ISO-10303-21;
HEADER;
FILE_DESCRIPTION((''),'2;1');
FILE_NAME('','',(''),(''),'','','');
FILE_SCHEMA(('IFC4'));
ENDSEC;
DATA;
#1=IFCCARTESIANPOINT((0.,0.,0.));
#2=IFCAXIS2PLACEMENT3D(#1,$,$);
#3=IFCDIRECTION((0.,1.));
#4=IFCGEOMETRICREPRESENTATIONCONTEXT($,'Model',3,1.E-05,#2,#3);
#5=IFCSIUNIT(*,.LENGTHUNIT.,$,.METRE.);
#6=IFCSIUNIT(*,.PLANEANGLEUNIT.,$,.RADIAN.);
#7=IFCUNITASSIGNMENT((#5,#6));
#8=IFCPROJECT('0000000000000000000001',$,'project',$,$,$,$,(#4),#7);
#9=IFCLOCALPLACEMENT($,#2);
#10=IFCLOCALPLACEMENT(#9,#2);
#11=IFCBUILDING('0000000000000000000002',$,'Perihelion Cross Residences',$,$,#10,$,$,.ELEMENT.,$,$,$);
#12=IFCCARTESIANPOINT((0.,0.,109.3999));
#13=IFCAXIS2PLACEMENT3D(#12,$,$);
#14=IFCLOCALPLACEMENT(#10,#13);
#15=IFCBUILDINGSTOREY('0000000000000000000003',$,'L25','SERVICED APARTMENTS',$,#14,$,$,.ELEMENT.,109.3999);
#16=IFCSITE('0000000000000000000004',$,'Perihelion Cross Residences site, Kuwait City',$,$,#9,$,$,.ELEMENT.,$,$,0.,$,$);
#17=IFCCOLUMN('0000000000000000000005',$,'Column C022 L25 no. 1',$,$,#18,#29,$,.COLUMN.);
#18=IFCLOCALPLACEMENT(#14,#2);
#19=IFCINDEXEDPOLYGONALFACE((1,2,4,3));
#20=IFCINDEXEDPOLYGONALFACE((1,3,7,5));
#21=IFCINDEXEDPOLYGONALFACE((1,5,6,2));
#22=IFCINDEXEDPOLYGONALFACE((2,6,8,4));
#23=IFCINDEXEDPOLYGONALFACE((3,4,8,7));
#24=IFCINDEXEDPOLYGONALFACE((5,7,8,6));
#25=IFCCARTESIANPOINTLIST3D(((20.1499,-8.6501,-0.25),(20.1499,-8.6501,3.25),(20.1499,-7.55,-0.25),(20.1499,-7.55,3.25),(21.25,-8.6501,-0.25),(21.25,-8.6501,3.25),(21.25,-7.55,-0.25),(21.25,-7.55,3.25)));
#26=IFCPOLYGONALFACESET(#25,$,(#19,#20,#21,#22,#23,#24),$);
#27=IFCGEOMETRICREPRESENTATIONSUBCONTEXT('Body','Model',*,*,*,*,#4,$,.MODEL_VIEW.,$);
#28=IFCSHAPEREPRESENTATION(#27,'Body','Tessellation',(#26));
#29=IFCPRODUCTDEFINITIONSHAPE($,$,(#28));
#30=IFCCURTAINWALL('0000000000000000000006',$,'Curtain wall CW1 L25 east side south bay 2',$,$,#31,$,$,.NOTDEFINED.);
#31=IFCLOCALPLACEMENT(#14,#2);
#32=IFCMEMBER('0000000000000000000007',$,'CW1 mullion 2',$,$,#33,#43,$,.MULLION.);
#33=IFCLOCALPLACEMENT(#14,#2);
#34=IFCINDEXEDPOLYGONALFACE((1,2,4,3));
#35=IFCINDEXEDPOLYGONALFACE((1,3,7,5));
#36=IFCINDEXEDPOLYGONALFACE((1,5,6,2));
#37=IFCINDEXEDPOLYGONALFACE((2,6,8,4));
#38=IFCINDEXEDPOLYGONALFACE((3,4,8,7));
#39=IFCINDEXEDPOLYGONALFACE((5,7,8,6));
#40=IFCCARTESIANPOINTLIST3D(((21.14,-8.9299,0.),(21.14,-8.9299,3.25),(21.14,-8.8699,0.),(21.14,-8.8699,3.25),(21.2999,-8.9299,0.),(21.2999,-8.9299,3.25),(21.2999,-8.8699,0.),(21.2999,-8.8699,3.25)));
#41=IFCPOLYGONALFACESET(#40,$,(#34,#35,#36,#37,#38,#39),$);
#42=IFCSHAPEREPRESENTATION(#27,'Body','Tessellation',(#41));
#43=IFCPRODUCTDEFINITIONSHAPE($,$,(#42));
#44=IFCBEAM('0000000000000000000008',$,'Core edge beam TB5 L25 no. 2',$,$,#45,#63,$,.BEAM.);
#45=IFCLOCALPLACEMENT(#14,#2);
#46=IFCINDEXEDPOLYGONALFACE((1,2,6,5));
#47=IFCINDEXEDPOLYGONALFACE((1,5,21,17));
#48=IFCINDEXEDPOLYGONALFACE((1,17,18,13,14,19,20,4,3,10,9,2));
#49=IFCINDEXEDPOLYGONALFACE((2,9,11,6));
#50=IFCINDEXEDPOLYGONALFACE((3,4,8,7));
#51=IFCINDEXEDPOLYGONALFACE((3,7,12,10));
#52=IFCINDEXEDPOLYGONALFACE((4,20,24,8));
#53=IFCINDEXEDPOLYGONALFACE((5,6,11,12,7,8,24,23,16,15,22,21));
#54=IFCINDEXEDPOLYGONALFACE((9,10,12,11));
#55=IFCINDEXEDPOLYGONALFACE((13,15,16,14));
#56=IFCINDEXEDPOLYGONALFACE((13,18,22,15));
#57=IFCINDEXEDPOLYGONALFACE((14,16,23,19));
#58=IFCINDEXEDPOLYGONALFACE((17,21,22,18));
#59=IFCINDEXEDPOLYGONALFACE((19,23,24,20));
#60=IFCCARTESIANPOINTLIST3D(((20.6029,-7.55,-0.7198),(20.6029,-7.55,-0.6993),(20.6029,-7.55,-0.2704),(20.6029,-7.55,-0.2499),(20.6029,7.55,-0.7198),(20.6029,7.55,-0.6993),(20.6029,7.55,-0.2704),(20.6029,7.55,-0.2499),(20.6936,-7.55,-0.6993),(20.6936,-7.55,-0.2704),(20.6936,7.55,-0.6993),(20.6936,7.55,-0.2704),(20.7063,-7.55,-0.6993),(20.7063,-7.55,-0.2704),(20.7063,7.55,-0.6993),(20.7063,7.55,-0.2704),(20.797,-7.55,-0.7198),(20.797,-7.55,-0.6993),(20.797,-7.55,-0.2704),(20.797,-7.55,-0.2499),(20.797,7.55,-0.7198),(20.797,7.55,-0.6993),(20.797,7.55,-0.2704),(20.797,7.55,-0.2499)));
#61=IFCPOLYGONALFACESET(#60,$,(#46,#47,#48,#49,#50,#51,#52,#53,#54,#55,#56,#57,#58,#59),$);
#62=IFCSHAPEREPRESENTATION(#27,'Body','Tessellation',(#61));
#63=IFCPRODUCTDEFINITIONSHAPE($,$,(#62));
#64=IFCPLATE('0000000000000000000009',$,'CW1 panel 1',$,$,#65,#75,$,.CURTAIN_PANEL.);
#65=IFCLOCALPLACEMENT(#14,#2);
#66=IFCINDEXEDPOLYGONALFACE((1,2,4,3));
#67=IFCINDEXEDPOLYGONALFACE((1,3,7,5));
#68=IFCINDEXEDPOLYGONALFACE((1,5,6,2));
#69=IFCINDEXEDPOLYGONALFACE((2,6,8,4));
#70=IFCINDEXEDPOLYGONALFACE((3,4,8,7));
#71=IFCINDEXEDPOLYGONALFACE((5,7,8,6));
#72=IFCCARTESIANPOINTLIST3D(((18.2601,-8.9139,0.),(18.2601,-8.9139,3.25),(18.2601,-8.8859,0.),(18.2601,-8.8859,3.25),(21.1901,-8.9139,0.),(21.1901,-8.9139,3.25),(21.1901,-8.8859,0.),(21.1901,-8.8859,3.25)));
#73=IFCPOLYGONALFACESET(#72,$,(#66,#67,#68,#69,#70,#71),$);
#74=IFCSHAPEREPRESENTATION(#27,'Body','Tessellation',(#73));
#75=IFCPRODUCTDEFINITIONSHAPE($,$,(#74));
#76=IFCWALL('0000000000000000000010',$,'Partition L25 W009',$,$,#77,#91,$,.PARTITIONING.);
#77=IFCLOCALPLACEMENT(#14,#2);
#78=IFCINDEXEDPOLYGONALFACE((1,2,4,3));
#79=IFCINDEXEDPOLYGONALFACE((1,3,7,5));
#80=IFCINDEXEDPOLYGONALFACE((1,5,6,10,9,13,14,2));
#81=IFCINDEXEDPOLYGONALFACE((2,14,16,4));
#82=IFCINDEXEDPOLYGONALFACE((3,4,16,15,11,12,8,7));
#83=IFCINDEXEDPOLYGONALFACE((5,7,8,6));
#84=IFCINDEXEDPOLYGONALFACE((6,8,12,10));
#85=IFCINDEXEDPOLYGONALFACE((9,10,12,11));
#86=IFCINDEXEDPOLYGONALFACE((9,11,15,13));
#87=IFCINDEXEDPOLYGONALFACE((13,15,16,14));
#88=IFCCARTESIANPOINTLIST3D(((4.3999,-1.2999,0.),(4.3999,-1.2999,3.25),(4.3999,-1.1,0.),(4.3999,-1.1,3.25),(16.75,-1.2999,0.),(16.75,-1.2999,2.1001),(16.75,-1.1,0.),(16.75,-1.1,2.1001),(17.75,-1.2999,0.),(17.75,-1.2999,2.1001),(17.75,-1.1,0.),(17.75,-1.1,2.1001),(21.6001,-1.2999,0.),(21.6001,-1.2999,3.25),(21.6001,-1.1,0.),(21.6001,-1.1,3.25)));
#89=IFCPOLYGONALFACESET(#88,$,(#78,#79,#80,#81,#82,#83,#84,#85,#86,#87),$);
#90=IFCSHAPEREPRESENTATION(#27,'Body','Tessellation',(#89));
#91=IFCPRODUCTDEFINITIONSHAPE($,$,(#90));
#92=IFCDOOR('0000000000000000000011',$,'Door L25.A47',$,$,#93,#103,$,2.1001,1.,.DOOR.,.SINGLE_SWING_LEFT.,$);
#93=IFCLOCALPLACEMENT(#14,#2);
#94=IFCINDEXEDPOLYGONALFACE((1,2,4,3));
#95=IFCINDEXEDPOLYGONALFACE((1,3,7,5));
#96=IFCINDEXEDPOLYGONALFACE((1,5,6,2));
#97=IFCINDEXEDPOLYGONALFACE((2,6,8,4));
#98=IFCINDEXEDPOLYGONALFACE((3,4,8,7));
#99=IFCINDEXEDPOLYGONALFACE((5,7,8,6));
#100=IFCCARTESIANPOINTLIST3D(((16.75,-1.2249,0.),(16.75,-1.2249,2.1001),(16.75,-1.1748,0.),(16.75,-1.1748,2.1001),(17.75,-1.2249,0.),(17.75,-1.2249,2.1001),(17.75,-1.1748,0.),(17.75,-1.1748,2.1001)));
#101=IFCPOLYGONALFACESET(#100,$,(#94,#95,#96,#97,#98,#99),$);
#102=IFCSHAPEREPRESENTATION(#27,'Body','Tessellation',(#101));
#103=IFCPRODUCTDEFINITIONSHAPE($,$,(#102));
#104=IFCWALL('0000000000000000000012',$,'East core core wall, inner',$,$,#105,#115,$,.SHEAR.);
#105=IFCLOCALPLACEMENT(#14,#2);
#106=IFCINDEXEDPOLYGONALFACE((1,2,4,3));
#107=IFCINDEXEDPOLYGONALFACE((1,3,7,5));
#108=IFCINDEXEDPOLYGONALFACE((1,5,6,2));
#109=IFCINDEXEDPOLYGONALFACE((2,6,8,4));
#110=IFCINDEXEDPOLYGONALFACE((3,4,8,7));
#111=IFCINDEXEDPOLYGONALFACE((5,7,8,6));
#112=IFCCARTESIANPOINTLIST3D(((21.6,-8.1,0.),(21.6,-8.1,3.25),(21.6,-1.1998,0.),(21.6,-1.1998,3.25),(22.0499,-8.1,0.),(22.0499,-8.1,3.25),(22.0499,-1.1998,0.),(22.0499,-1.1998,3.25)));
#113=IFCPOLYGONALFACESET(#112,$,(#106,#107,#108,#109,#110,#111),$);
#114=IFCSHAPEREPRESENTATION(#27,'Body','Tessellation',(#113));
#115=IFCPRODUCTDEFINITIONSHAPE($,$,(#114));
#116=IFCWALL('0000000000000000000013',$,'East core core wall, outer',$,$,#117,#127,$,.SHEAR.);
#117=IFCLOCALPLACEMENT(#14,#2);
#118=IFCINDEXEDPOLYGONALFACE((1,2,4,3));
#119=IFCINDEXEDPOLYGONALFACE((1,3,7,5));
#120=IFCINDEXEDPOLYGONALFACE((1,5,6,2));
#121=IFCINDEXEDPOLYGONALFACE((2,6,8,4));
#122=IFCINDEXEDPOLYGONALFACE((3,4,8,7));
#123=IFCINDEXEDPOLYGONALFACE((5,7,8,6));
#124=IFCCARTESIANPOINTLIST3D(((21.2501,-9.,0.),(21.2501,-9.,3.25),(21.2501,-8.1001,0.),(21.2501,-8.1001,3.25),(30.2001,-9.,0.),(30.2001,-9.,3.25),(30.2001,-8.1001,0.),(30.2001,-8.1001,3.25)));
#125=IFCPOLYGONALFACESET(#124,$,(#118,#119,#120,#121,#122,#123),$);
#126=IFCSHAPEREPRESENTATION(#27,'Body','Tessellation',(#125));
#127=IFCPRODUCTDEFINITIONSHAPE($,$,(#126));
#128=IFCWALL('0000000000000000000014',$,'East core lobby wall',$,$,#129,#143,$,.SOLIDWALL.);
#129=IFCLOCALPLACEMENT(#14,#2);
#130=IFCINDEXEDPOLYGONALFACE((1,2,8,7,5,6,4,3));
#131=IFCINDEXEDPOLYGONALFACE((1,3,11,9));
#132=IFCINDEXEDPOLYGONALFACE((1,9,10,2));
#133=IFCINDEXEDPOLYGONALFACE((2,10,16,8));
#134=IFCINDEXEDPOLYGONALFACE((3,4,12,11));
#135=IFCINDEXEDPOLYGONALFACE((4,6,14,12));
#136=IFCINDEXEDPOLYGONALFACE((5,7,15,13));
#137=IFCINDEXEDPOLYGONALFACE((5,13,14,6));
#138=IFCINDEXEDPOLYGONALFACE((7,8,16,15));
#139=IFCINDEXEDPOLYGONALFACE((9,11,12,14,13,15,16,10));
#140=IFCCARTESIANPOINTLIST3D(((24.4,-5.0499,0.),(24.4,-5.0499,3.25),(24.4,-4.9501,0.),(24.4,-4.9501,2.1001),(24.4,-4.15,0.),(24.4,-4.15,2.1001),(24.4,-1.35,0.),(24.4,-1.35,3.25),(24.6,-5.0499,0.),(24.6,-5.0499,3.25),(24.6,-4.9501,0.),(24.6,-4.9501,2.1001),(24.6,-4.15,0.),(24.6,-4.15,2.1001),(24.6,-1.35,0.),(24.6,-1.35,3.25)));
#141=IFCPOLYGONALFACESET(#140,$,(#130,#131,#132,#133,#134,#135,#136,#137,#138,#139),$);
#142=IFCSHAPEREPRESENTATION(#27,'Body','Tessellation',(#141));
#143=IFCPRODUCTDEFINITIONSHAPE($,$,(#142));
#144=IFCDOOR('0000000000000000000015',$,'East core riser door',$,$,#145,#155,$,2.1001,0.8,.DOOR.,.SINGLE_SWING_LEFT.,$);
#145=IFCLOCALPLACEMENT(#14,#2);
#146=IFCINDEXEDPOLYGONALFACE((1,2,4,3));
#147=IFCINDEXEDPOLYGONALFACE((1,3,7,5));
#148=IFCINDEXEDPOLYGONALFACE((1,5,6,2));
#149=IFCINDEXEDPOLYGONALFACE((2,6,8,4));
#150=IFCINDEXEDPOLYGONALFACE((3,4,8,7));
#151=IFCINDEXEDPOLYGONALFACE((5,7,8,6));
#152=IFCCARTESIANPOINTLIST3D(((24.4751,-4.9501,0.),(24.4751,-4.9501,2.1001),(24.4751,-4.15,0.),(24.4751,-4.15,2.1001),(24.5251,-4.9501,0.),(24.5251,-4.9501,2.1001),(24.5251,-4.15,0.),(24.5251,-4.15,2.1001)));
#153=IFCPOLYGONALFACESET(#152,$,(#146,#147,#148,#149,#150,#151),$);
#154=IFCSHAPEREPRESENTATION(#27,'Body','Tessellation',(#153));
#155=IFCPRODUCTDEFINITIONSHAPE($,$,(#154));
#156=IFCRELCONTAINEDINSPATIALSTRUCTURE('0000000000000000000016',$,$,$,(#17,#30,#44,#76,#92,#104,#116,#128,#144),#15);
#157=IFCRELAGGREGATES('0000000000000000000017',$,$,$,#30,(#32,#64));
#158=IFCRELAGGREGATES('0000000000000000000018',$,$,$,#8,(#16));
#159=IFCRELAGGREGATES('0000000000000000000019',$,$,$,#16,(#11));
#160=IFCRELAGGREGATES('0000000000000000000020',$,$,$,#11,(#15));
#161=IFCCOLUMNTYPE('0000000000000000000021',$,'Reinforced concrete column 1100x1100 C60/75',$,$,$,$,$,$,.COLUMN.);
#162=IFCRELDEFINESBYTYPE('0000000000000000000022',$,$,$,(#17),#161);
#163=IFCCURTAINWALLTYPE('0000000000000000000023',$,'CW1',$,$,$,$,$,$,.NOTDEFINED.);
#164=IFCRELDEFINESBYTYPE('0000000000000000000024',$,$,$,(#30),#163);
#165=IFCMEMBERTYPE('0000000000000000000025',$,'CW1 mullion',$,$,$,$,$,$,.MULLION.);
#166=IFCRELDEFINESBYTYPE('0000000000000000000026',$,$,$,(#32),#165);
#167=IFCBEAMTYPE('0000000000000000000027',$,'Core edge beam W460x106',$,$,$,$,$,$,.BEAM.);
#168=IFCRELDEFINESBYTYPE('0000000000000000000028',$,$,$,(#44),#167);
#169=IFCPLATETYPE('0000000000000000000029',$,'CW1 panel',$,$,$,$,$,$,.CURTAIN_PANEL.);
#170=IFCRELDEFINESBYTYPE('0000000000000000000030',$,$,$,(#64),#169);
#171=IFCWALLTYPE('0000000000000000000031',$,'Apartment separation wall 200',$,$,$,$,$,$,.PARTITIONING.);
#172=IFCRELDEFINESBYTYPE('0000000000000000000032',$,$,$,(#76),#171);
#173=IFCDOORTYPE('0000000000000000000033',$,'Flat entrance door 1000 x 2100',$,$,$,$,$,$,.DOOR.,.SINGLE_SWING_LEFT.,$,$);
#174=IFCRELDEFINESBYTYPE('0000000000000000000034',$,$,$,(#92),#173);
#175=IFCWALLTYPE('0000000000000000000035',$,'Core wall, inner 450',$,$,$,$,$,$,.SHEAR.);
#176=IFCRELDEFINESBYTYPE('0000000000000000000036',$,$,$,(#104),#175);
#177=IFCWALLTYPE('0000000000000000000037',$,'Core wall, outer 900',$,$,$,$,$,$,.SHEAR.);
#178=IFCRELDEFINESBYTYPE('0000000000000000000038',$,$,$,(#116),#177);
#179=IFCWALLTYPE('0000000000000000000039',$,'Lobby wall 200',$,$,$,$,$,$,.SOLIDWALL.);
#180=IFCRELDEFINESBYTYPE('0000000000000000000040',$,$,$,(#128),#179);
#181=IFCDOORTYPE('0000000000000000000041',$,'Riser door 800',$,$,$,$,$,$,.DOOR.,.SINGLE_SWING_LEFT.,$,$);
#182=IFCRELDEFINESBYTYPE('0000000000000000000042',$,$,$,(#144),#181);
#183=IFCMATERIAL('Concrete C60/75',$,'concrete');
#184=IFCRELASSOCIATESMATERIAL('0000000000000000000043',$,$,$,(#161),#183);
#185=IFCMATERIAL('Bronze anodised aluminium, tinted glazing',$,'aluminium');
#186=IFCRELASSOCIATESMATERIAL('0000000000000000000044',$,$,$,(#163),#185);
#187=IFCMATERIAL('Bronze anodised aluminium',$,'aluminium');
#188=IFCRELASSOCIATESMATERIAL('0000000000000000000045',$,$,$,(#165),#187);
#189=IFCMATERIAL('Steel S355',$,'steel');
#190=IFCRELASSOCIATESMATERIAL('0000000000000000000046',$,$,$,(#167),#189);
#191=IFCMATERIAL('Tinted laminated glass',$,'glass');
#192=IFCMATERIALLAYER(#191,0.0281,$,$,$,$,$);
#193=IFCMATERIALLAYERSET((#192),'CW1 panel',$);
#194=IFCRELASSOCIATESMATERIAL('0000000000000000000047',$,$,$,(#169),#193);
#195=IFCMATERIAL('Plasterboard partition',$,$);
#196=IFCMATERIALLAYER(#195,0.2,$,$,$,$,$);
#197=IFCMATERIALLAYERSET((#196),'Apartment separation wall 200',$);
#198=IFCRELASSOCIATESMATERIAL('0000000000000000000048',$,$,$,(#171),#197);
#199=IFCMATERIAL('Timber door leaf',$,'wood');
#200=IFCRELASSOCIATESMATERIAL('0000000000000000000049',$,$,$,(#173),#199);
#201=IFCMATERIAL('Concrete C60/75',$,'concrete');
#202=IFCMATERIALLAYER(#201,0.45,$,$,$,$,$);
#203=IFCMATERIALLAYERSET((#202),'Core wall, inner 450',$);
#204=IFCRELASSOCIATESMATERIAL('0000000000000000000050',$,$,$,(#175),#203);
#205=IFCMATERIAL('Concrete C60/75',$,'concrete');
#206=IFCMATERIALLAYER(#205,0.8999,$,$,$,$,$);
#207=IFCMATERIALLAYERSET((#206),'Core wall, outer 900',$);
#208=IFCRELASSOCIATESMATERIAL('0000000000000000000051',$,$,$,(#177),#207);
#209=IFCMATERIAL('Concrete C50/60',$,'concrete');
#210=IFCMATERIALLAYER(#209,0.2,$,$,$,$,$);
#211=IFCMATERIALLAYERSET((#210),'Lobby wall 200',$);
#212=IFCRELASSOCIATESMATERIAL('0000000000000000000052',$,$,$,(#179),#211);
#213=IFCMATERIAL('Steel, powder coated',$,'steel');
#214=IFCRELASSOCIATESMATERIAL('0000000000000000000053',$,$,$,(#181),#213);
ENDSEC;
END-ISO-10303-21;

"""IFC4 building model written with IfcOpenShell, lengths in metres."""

from ifc_helpers import new_model, si_unit, direction, frame, frame_2d, origin, origin_2d, place, context, subcontext, project, spatial, rectangle, i_section, extrude, material, layer, layer_set, material_profile, profile_set, type_object, element, fill, aggregate, save


model = new_model("IFC4")

# Units and contexts
model_context = context("Model", 3, precision=1e-05, world=origin(), true_north=direction((0.0, 1.0)))
body_context = subcontext(model_context, "Body", "Model", "MODEL_VIEW")
ifc_project = project(units=[si_unit("LENGTHUNIT", "METRE"), si_unit("PLANEANGLEUNIT", "RADIAN")], contexts=[model_context])

# Site, building, storey
site_placement = place(None, origin())
site = spatial("IfcSite", under=ifc_project, at=site_placement, Name="Perihelion Cross Residences site, Kuwait City", CompositionType="ELEMENT", RefElevation=0.0)
building_placement = place(site_placement, origin())
building = spatial("IfcBuilding", under=site, at=building_placement, Name="Perihelion Cross Residences", CompositionType="ELEMENT")
storey_placement = place(building_placement, frame((0.0, 0.0, 109.3999)))
storey = spatial("IfcBuildingStorey", under=building, at=storey_placement, Name="L25", Description="SERVICED APARTMENTS", CompositionType="ELEMENT", Elevation=109.3999)

# Column
ifc_material_1 = material(Name="Concrete C60/75", Category="concrete")
ifc_material_profile_1 = material_profile(ifc_material_1, rectangle(XDim=1.1001, YDim=1.1001, at=origin_2d()), Name="RC 1100x1100")
ifc_profile_set_1 = profile_set([ifc_material_profile_1], Name="Concrete C60/75")
column_type = type_object("IfcColumnType", Name="Reinforced concrete column 1100x1100 C60/75", PredefinedType="COLUMN", material=ifc_profile_set_1)
column_placement = place(storey_placement, frame((20.7, -8.1001, -0.25), z_axis=(0.0, 0.0, 1.0), x_axis=(1.0, 0.0, 0.0)))
element("IfcColumn", 1, at=column_placement, inside=storey, type_object=column_type, Name="Column C022 L25 no. 1", PredefinedType="COLUMN", context=body_context, shape_type="SweptSolid", body=[
    extrude(rectangle(XDim=1.1001, YDim=1.1001, at=origin_2d()), origin(), (0.0, 0.0, 1.0), 3.5),
])

# Curtain wall, member
ifc_material_2 = material(Name="Bronze anodised aluminium, tinted glazing", Category="aluminium")
curtain_wall_type = type_object("IfcCurtainWallType", Name="CW1", PredefinedType="NOTDEFINED", material=ifc_material_2)
curtain_wall_placement = place(storey_placement, origin())
curtain_wall = element("IfcCurtainWall", 2, at=curtain_wall_placement, inside=storey, type_object=curtain_wall_type, Name="Curtain wall CW1 L25 east side south bay 2", PredefinedType="NOTDEFINED")
ifc_material_3 = material(Name="Bronze anodised aluminium", Category="aluminium")
ifc_material_profile_2 = material_profile(ifc_material_3, rectangle(XDim=0.0601, YDim=0.1599, at=origin_2d()), Name="CW1 mullion")
ifc_profile_set_2 = profile_set([ifc_material_profile_2], Name="Bronze anodised aluminium")
member_type = type_object("IfcMemberType", Name="CW1 mullion", PredefinedType="MULLION", material=ifc_profile_set_2)
member_placement = place(storey_placement, frame((21.22, -8.8999, 0.0), z_axis=(0.0, 0.0, 1.0), x_axis=(0.0, 1.0, 0.0)))
member = element("IfcMember", 3, at=member_placement, type_object=member_type, Name="CW1 mullion 2", PredefinedType="MULLION", context=body_context, shape_type="SweptSolid", body=[
    extrude(rectangle(XDim=0.0601, YDim=0.1599, at=origin_2d()), origin(), (0.0, 0.0, 1.0), 3.25),
])

# Beam
ifc_material_4 = material(Name="Steel S355", Category="steel")
ifc_material_profile_3 = material_profile(ifc_material_4, i_section(OverallWidth=0.1941, OverallDepth=0.47, WebThickness=0.0127, FlangeThickness=0.0205, at=origin_2d()), Name="W460x106")
ifc_profile_set_3 = profile_set([ifc_material_profile_3], Name="Steel S355")
beam_type = type_object("IfcBeamType", Name="Core edge beam W460x106", PredefinedType="BEAM", material=ifc_profile_set_3)
beam_placement = place(storey_placement, frame((20.7, -7.55, -0.4849), z_axis=(0.0, 1.0, 0.0), x_axis=(-1.0, 0.0, 0.0)))
element("IfcBeam", 4, at=beam_placement, inside=storey, type_object=beam_type, Name="Core edge beam TB5 L25 no. 2", PredefinedType="BEAM", context=body_context, shape_type="SweptSolid", body=[
    extrude(i_section(OverallWidth=0.1941, OverallDepth=0.47, WebThickness=0.0127, FlangeThickness=0.0205, at=origin_2d()), origin(), (0.0, 0.0, 1.0), 15.1001),
])

# Plate
ifc_material_5 = material(Name="Tinted laminated glass", Category="glass")
ifc_layer_1 = layer(ifc_material_5, 0.0281)
ifc_layer_set_1 = layer_set([ifc_layer_1], Name="CW1 panel")
plate_type = type_object("IfcPlateType", Name="CW1 panel", PredefinedType="CURTAIN_PANEL", material=ifc_layer_set_1)
plate_placement = place(storey_placement, frame((19.7251, -8.8999, 0.0), z_axis=(0.0, 0.0, 1.0), x_axis=(1.0, 0.0, 0.0)))
plate = element("IfcPlate", 5, at=plate_placement, type_object=plate_type, Name="CW1 panel 1", PredefinedType="CURTAIN_PANEL", context=body_context, shape_type="SweptSolid", body=[
    extrude(rectangle(XDim=2.9299, YDim=0.0281, at=origin_2d()), origin(), (0.0, 0.0, 1.0), 3.25),
])
aggregate(curtain_wall, [member, plate])

# Wall, opening, door
ifc_material_6 = material(Name="Plasterboard partition")
ifc_layer_2 = layer(ifc_material_6, 0.2)
ifc_layer_set_2 = layer_set([ifc_layer_2], Name="Apartment separation wall 200")
wall_type_1 = type_object("IfcWallType", Name="Apartment separation wall 200", PredefinedType="PARTITIONING", material=ifc_layer_set_2)
wall_1_placement = place(storey_placement, frame((21.6001, -1.2, 0.0), z_axis=(0.0, 0.0, 1.0), x_axis=(-1.0, 0.0, 0.0)))
wall_1 = element("IfcWall", 6, at=wall_1_placement, inside=storey, type_object=wall_type_1, Name="Partition L25 W009", PredefinedType="PARTITIONING", context=body_context, shape_type="SweptSolid", body=[
    extrude(rectangle(XDim=17.2002, YDim=0.2, at=frame_2d((8.6001, 0.0))), origin(), (0.0, 0.0, 1.0), 3.25),
])
opening_1_placement = place(wall_1_placement, frame((3.8501, 0.0, 0.0)))
opening_1 = element("IfcOpeningElement", 7, at=opening_1_placement, cuts=wall_1, PredefinedType="OPENING", context=body_context, shape_type="SweptSolid", body=[
    extrude(rectangle(XDim=1.0, YDim=2.1001, at=frame_2d((0.5, 1.05))), frame((0.0, 0.1099, 0.0), z_axis=(0.0, -1.0, 0.0), x_axis=(1.0, 0.0, 0.0)), (0.0, 0.0, 1.0), 0.22),
])
ifc_material_7 = material(Name="Timber door leaf", Category="wood")
door_type_1 = type_object("IfcDoorType", Name="Flat entrance door 1000 x 2100", OperationType="SINGLE_SWING_LEFT", PredefinedType="DOOR", material=ifc_material_7)
door_1_placement = place(opening_1_placement, origin())
door_1 = element("IfcDoor", 8, at=door_1_placement, inside=storey, type_object=door_type_1, Name="Door L25.A47", OperationType="SINGLE_SWING_LEFT", OverallHeight=2.1001, OverallWidth=1.0, PredefinedType="DOOR", context=body_context, shape_type="SweptSolid", body=[
    extrude(rectangle(XDim=1.0, YDim=2.1001, at=frame_2d((0.5, 1.05))), frame((0.0, 0.0249, 0.0), z_axis=(0.0, -1.0, 0.0), x_axis=(1.0, 0.0, 0.0)), (0.0, 0.0, 1.0), 0.05),
])
fill(opening_1, door_1)

# Walls
ifc_material_8 = material(Name="Concrete C60/75", Category="concrete")
ifc_layer_3 = layer(ifc_material_8, 0.45)
ifc_layer_set_3 = layer_set([ifc_layer_3], Name="Core wall, inner 450")
wall_type_2 = type_object("IfcWallType", Name="Core wall, inner 450", PredefinedType="SHEAR", material=ifc_layer_set_3)
wall_2_placement = place(storey_placement, frame((21.825, -8.1001, 0.0), z_axis=(0.0, 0.0, 1.0), x_axis=(0.0, 1.0, 0.0)))
element("IfcWall", 9, at=wall_2_placement, inside=storey, type_object=wall_type_2, Name="East core core wall, inner", PredefinedType="SHEAR", context=body_context, shape_type="SweptSolid", body=[
    extrude(rectangle(XDim=6.9001, YDim=0.45, at=frame_2d((3.4502, 0.0))), origin(), (0.0, 0.0, 1.0), 3.25),
])
ifc_material_9 = material(Name="Concrete C60/75", Category="concrete")
ifc_layer_4 = layer(ifc_material_9, 0.8999)
ifc_layer_set_4 = layer_set([ifc_layer_4], Name="Core wall, outer 900")
wall_type_3 = type_object("IfcWallType", Name="Core wall, outer 900", PredefinedType="SHEAR", material=ifc_layer_set_4)
wall_3_placement = place(storey_placement, frame((21.25, -8.55, 0.0), z_axis=(0.0, 0.0, 1.0), x_axis=(1.0, 0.0, 0.0)))
element("IfcWall", 10, at=wall_3_placement, inside=storey, type_object=wall_type_3, Name="East core core wall, outer", PredefinedType="SHEAR", context=body_context, shape_type="SweptSolid", body=[
    extrude(rectangle(XDim=8.95, YDim=0.8999, at=frame_2d((4.4751, 0.0))), origin(), (0.0, 0.0, 1.0), 3.25),
])

# Wall, opening, door
ifc_material_10 = material(Name="Concrete C50/60", Category="concrete")
ifc_layer_5 = layer(ifc_material_10, 0.2)
ifc_layer_set_5 = layer_set([ifc_layer_5], Name="Lobby wall 200")
wall_type_4 = type_object("IfcWallType", Name="Lobby wall 200", PredefinedType="SOLIDWALL", material=ifc_layer_set_5)
wall_4_placement = place(storey_placement, frame((24.5, -5.05, 0.0), z_axis=(0.0, 0.0, 1.0), x_axis=(0.0, 1.0, 0.0)))
wall_4 = element("IfcWall", 11, at=wall_4_placement, inside=storey, type_object=wall_type_4, Name="East core lobby wall", PredefinedType="SOLIDWALL", context=body_context, shape_type="SweptSolid", body=[
    extrude(rectangle(XDim=3.7, YDim=0.2, at=frame_2d((1.8501, 0.0))), origin(), (0.0, 0.0, 1.0), 3.25),
])
opening_2_placement = place(wall_4_placement, frame((0.1001, 0.0, 0.0)))
opening_2 = element("IfcOpeningElement", 12, at=opening_2_placement, cuts=wall_4, PredefinedType="OPENING", context=body_context, shape_type="SweptSolid", body=[
    extrude(rectangle(XDim=0.8, YDim=2.1001, at=frame_2d((0.3999, 1.05))), frame((0.0, 0.1099, 0.0), z_axis=(0.0, -1.0, 0.0), x_axis=(1.0, 0.0, 0.0)), (0.0, 0.0, 1.0), 0.22),
])
ifc_material_11 = material(Name="Steel, powder coated", Category="steel")
door_type_2 = type_object("IfcDoorType", Name="Riser door 800", OperationType="SINGLE_SWING_LEFT", PredefinedType="DOOR", material=ifc_material_11)
door_2_placement = place(opening_2_placement, origin())
door_2 = element("IfcDoor", 13, at=door_2_placement, inside=storey, type_object=door_type_2, Name="East core riser door", OperationType="SINGLE_SWING_LEFT", OverallHeight=2.1001, OverallWidth=0.8, PredefinedType="DOOR", context=body_context, shape_type="SweptSolid", body=[
    extrude(rectangle(XDim=0.8, YDim=2.1001, at=frame_2d((0.3999, 1.05))), frame((0.0, 0.0249, 0.0), z_axis=(0.0, -1.0, 0.0), x_axis=(1.0, 0.0, 0.0)), (0.0, 0.0, 1.0), 0.05),
])
fill(opening_2, door_2)

save(model, "model.ifc")
